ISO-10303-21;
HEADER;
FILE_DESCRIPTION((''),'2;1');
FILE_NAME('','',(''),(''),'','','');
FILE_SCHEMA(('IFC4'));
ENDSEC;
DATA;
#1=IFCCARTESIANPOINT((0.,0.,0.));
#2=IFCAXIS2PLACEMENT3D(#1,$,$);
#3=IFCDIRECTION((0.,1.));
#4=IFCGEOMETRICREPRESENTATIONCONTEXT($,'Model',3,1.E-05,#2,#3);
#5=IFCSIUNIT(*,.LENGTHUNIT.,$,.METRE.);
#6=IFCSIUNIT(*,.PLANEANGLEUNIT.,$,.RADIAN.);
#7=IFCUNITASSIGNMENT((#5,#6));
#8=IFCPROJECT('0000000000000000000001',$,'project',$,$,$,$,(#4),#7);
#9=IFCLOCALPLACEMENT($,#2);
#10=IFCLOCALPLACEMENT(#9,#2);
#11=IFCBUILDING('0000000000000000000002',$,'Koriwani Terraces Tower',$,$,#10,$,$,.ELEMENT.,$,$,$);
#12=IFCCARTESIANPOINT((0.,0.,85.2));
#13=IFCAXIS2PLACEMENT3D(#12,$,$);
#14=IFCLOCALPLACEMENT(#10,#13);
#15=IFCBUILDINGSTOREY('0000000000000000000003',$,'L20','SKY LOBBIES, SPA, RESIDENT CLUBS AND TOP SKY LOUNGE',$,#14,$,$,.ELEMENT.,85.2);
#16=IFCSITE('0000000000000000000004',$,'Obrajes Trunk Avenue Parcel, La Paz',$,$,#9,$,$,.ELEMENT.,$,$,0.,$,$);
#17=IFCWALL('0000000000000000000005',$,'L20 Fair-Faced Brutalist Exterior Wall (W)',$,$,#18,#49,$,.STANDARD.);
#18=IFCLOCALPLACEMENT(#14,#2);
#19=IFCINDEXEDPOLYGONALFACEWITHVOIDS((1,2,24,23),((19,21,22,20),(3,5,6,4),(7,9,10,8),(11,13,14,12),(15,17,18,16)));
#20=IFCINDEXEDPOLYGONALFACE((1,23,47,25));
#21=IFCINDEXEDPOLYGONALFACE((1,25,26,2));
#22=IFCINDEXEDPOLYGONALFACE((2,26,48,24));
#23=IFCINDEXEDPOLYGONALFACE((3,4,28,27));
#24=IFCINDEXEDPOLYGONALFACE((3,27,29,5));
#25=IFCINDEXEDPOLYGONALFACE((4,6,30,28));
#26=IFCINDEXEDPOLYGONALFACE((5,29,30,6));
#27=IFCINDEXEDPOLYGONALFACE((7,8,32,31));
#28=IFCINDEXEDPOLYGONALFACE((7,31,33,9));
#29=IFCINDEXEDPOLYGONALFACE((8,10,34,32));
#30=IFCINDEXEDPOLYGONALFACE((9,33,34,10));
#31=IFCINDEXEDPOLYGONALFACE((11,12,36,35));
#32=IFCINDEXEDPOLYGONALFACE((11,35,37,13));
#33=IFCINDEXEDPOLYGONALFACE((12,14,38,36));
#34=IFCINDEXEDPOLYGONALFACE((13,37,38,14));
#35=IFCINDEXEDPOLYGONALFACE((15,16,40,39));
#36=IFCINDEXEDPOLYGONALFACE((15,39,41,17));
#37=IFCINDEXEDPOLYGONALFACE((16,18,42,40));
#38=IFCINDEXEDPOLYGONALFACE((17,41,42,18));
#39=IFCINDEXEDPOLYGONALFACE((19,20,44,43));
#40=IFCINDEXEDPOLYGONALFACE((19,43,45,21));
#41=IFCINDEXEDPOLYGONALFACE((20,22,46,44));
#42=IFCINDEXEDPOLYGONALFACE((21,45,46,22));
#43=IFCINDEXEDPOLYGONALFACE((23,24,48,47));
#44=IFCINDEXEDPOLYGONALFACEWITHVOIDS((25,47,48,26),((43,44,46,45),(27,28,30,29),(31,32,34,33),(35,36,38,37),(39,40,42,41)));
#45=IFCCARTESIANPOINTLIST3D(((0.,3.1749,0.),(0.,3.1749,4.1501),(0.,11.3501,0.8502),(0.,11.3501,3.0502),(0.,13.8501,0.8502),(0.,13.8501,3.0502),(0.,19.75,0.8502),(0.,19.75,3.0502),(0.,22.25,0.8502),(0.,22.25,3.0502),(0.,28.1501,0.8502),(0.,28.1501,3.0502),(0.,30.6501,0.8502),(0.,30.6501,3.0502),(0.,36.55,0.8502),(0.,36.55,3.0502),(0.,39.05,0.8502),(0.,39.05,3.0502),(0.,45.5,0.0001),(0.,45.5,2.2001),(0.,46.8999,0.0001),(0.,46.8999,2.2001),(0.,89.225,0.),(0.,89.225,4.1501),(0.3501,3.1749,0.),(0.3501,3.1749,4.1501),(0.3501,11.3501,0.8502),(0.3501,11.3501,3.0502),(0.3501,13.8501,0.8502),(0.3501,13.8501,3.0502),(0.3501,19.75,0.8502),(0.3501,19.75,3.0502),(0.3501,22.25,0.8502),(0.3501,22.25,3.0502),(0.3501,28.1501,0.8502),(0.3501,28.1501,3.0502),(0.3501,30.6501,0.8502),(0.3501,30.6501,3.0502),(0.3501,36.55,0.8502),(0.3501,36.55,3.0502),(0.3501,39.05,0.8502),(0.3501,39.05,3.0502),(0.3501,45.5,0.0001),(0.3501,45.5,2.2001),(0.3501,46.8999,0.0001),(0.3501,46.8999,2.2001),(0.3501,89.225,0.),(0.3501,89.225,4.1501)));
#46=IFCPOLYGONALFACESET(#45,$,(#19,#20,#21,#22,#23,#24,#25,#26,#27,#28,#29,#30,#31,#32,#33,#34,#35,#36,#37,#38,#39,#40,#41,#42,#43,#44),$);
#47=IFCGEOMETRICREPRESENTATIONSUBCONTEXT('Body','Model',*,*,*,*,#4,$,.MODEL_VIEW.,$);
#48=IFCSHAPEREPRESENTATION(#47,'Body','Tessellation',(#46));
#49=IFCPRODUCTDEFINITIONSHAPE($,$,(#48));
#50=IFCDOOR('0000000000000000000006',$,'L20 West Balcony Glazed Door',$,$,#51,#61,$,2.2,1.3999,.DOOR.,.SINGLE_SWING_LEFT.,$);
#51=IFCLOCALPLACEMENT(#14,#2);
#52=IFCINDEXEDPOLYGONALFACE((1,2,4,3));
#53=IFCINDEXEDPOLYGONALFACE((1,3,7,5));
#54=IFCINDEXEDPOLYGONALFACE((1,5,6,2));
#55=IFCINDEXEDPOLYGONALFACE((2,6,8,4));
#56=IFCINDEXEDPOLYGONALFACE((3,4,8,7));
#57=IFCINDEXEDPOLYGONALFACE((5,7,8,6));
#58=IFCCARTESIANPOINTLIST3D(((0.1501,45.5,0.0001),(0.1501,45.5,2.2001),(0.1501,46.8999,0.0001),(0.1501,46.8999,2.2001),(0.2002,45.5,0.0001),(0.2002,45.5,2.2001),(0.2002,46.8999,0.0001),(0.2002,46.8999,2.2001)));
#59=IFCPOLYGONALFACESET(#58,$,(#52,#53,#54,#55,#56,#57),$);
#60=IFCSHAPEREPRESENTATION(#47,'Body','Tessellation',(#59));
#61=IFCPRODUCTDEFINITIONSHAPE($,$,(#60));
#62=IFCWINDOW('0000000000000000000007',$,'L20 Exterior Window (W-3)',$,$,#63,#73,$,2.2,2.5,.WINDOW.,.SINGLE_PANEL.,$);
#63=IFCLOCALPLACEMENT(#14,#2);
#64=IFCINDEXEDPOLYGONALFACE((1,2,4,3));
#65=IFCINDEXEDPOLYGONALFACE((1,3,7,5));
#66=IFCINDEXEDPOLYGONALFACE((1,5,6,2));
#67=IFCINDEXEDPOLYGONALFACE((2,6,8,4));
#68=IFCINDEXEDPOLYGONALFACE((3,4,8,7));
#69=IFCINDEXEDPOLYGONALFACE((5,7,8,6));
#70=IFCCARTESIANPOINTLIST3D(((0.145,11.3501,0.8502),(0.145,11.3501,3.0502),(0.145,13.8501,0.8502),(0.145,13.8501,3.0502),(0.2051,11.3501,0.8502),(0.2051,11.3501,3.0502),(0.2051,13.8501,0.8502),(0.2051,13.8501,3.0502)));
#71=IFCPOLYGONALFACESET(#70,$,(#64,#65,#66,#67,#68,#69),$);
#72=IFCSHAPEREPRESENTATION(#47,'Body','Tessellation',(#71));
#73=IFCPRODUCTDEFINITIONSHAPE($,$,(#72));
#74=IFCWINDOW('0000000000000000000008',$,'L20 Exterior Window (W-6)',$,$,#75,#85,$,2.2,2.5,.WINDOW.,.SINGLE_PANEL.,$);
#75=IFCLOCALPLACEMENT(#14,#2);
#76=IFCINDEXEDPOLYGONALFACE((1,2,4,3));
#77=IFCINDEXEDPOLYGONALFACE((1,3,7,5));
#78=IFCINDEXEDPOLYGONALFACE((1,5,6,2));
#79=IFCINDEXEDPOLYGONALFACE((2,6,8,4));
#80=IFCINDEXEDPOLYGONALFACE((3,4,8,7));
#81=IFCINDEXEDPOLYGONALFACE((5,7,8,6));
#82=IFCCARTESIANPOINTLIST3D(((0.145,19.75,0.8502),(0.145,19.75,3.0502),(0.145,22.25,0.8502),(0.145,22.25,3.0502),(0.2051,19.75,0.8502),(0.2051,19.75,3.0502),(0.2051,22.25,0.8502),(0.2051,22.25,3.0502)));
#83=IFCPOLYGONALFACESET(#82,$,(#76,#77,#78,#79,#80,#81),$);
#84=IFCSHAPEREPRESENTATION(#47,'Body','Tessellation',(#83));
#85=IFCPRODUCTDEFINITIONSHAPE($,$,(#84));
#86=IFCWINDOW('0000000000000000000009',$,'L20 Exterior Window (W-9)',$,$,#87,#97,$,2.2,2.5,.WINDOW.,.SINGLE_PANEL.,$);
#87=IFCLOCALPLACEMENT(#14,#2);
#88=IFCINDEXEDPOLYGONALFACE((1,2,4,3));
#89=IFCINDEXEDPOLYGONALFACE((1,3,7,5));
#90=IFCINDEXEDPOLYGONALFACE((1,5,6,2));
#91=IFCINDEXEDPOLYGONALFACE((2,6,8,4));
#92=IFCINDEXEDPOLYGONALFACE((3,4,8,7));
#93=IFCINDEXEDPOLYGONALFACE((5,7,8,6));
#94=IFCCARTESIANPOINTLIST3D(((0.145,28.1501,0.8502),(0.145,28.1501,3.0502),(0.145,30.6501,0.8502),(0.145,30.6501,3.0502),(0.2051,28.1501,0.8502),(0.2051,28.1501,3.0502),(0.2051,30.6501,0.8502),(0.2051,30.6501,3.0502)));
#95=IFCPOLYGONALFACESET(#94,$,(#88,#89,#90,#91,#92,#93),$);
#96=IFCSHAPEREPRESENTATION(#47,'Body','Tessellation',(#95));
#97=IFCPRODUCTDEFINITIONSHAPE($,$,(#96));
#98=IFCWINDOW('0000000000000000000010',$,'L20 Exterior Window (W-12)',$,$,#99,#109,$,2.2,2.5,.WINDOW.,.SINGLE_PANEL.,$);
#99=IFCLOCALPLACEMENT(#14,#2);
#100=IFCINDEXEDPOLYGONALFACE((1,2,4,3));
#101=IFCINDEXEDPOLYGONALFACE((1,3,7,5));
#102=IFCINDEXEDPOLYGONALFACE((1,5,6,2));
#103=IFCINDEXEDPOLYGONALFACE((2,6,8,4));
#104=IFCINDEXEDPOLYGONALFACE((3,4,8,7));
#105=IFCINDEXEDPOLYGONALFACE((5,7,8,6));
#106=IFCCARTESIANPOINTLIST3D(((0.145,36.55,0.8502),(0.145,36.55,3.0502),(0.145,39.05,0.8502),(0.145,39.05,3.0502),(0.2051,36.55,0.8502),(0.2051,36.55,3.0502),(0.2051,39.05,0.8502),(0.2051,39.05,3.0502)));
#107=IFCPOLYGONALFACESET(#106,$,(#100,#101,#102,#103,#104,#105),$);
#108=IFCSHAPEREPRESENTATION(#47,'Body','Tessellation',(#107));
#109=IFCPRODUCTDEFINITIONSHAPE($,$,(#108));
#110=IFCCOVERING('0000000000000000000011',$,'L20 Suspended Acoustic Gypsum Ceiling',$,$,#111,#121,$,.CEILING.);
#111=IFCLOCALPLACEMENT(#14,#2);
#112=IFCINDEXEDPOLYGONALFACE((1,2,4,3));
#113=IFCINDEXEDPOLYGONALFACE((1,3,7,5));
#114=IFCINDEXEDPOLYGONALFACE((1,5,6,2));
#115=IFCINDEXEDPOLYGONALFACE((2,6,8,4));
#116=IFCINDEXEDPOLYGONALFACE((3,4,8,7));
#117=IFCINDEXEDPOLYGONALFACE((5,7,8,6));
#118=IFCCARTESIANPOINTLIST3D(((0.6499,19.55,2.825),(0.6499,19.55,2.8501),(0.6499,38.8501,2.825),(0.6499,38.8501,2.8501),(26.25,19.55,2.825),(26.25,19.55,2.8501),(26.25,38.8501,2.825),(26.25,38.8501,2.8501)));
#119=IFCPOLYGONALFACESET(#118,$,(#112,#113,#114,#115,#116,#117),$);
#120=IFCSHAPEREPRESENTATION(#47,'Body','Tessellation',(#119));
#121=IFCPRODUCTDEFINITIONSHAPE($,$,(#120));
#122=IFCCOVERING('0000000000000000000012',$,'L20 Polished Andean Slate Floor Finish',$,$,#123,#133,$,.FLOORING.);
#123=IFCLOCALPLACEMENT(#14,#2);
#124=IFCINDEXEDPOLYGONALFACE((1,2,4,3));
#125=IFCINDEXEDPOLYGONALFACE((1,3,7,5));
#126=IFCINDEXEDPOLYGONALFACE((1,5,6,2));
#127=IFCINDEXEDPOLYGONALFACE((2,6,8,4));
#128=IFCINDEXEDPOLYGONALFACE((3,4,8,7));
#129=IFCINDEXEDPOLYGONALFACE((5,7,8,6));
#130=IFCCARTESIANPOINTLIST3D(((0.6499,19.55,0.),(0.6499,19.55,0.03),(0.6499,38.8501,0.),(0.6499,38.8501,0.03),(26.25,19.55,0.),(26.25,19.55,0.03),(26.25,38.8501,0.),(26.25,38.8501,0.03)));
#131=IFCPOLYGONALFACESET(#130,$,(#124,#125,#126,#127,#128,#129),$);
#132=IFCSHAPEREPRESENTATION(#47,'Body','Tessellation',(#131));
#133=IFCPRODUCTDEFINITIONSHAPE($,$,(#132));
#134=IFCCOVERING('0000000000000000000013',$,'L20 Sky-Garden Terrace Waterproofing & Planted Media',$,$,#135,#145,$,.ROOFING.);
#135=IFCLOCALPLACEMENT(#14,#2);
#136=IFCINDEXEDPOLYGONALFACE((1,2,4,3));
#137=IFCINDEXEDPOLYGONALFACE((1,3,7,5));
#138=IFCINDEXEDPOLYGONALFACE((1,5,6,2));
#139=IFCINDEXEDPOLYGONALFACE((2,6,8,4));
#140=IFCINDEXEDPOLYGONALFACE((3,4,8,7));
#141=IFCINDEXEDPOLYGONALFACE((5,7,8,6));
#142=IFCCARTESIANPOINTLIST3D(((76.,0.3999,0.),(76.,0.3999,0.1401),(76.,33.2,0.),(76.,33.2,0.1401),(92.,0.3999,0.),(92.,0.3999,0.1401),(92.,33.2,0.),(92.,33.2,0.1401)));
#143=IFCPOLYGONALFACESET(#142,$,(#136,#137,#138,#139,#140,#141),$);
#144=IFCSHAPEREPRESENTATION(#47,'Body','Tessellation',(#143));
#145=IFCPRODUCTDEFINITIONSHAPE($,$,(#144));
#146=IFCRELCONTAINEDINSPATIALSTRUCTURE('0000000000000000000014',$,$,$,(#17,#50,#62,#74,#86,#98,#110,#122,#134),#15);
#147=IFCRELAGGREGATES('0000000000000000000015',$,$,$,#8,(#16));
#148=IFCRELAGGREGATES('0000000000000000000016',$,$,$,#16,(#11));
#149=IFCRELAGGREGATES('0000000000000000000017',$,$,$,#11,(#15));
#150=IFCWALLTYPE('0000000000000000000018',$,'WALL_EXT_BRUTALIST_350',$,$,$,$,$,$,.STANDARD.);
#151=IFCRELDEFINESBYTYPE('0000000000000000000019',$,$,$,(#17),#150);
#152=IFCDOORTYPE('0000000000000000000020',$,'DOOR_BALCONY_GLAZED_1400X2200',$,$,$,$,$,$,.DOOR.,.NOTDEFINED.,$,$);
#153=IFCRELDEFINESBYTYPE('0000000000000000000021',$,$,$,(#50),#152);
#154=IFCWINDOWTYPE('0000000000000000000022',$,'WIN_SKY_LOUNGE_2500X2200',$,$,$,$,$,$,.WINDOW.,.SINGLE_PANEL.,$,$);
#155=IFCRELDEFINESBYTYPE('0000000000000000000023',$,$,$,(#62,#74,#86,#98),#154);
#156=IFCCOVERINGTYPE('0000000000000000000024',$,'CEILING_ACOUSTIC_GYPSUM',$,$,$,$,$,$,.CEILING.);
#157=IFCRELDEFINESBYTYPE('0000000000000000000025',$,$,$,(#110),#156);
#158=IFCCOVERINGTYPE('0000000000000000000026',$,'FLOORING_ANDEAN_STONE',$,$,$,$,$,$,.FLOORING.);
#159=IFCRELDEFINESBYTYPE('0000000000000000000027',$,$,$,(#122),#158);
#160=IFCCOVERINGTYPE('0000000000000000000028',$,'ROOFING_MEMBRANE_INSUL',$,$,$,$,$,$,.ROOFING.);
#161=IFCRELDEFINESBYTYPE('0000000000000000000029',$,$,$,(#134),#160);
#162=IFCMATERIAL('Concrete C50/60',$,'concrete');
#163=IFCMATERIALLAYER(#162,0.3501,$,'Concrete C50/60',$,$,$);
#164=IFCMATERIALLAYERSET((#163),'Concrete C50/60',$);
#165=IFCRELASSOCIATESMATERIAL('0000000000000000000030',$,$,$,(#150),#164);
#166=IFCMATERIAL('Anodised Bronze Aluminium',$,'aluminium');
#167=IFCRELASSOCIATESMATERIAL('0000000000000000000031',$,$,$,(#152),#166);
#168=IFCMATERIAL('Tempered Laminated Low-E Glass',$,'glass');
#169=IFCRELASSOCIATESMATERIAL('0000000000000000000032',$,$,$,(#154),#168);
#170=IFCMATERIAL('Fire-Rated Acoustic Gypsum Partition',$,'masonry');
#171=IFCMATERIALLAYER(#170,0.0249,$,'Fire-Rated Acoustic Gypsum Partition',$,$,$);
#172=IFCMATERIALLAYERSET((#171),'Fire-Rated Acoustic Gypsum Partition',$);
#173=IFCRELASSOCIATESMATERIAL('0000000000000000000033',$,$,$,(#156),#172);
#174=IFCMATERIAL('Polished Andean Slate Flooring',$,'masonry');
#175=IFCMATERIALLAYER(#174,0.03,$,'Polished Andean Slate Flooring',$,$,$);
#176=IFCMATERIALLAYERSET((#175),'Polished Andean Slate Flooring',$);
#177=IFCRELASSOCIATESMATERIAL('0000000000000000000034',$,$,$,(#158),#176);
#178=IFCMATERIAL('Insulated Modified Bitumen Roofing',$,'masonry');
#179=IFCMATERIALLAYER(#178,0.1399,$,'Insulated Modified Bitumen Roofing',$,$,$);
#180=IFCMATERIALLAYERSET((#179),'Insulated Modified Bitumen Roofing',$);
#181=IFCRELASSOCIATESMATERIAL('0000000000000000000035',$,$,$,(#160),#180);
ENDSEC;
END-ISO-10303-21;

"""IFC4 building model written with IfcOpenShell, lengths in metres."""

from ifc_helpers import new_model, si_unit, direction, frame, frame_2d, origin, place, context, subcontext, project, spatial, polyline, rectangle, outline, extrude, material, layer, layer_set, type_object, element, fill, save


model = new_model("IFC4")

# Units and contexts
model_context = context("Model", 3, precision=1e-05, world=origin(), true_north=direction((0.0, 1.0)))
body_context = subcontext(model_context, "Body", "Model", "MODEL_VIEW")
ifc_project = project(units=[si_unit("LENGTHUNIT", "METRE"), si_unit("PLANEANGLEUNIT", "RADIAN")], contexts=[model_context])

# Site, building, storey
site_placement = place(None, origin())
site = spatial("IfcSite", under=ifc_project, at=site_placement, Name="Obrajes Trunk Avenue Parcel, La Paz", CompositionType="ELEMENT", RefElevation=0.0)
building_placement = place(site_placement, origin())
building = spatial("IfcBuilding", under=site, at=building_placement, Name="Koriwani Terraces Tower", CompositionType="ELEMENT")
storey_placement = place(building_placement, frame((0.0, 0.0, 85.2)))
storey = spatial("IfcBuildingStorey", under=building, at=storey_placement, Name="L20", Description="SKY LOBBIES, SPA, RESIDENT CLUBS AND TOP SKY LOUNGE", CompositionType="ELEMENT", Elevation=85.2)

# Shared definitions
ifc_material_1 = material(Name="Concrete C50/60", Category="concrete")

# Shared definitions
ifc_layer_1 = layer(ifc_material_1, 0.3501, Name="Concrete C50/60")
ifc_layer_set_1 = layer_set([ifc_layer_1], Name="Concrete C50/60")
wall_type_1 = type_object("IfcWallType", Name="WALL_EXT_BRUTALIST_350", PredefinedType="STANDARD", material=ifc_layer_set_1)

# Wall, openings, door, windows
wall_1_placement = place(storey_placement, frame((0.175, 3.175, 0.0), z_axis=(0.0, 0.0, 1.0), x_axis=(0.0, 1.0, 0.0)))
wall_1 = element("IfcWall", 1, at=wall_1_placement, inside=storey, type_object=wall_type_1, Name="L20 Fair-Faced Brutalist Exterior Wall (W)", PredefinedType="STANDARD", context=body_context, shape_type="SweptSolid", body=[
    extrude(rectangle(XDim=86.05, YDim=0.3501, at=frame_2d((43.0249, 0.0))), origin(), (0.0, 0.0, 1.0), 4.1501),
])
opening_1_placement = place(wall_1_placement, frame((42.325, 0.0, 0.0)))
opening_1 = element("IfcOpeningElement", 2, at=opening_1_placement, cuts=wall_1, PredefinedType="OPENING", context=body_context, shape_type="SweptSolid", body=[
    extrude(rectangle(XDim=1.3999, YDim=2.2, at=frame_2d((0.7, 1.1001))), frame((0.0, 0.1851, 0.0), z_axis=(0.0, -1.0, 0.0), x_axis=(1.0, 0.0, 0.0)), (0.0, 0.0, 1.0), 0.3701),
])
opening_2_placement = place(wall_1_placement, frame((8.175, 0.0, 0.8501)))
opening_2 = element("IfcOpeningElement", 3, at=opening_2_placement, cuts=wall_1, PredefinedType="OPENING", context=body_context, shape_type="SweptSolid", body=[
    extrude(rectangle(XDim=2.5, YDim=2.2, at=frame_2d((1.25, 1.1001))), frame((0.0, 0.1851, 0.0), z_axis=(0.0, -1.0, 0.0), x_axis=(1.0, 0.0, 0.0)), (0.0, 0.0, 1.0), 0.3701),
])
opening_3_placement = place(wall_1_placement, frame((16.575, 0.0, 0.8501)))
opening_3 = element("IfcOpeningElement", 4, at=opening_3_placement, cuts=wall_1, PredefinedType="OPENING", context=body_context, shape_type="SweptSolid", body=[
    extrude(rectangle(XDim=2.5, YDim=2.2, at=frame_2d((1.25, 1.1001))), frame((0.0, 0.1851, 0.0), z_axis=(0.0, -1.0, 0.0), x_axis=(1.0, 0.0, 0.0)), (0.0, 0.0, 1.0), 0.3701),
])
opening_4_placement = place(wall_1_placement, frame((24.9751, 0.0, 0.8501)))
opening_4 = element("IfcOpeningElement", 5, at=opening_4_placement, cuts=wall_1, PredefinedType="OPENING", context=body_context, shape_type="SweptSolid", body=[
    extrude(rectangle(XDim=2.5, YDim=2.2, at=frame_2d((1.25, 1.1001))), frame((0.0, 0.1851, 0.0), z_axis=(0.0, -1.0, 0.0), x_axis=(1.0, 0.0, 0.0)), (0.0, 0.0, 1.0), 0.3701),
])
opening_5_placement = place(wall_1_placement, frame((33.375, 0.0, 0.8501)))
opening_5 = element("IfcOpeningElement", 6, at=opening_5_placement, cuts=wall_1, PredefinedType="OPENING", context=body_context, shape_type="SweptSolid", body=[
    extrude(rectangle(XDim=2.5, YDim=2.2, at=frame_2d((1.25, 1.1001))), frame((0.0, 0.1851, 0.0), z_axis=(0.0, -1.0, 0.0), x_axis=(1.0, 0.0, 0.0)), (0.0, 0.0, 1.0), 0.3701),
])
ifc_material_2 = material(Name="Anodised Bronze Aluminium", Category="aluminium")
door_type = type_object("IfcDoorType", Name="DOOR_BALCONY_GLAZED_1400X2200", OperationType="NOTDEFINED", PredefinedType="DOOR", material=ifc_material_2)
door_placement = place(opening_1_placement, origin())
door = element("IfcDoor", 7, at=door_placement, inside=storey, type_object=door_type, Name="L20 West Balcony Glazed Door", OperationType="SINGLE_SWING_LEFT", OverallHeight=2.2, OverallWidth=1.3999, PredefinedType="DOOR", context=body_context, shape_type="SweptSolid", body=[
    extrude(rectangle(XDim=1.3999, YDim=2.2, at=frame_2d((0.7, 1.1001))), frame((0.0, 0.0249, 0.0), z_axis=(0.0, -1.0, 0.0), x_axis=(1.0, 0.0, 0.0)), (0.0, 0.0, 1.0), 0.05),
])
fill(opening_1, door)
ifc_material_3 = material(Name="Tempered Laminated Low-E Glass", Category="glass")
window_type = type_object("IfcWindowType", Name="WIN_SKY_LOUNGE_2500X2200", PartitioningType="SINGLE_PANEL", PredefinedType="WINDOW", material=ifc_material_3)
window_1_placement = place(opening_2_placement, origin())
window_1 = element("IfcWindow", 8, at=window_1_placement, inside=storey, type_object=window_type, Name="L20 Exterior Window (W-3)", OverallHeight=2.2, OverallWidth=2.5, PartitioningType="SINGLE_PANEL", PredefinedType="WINDOW", context=body_context, shape_type="SweptSolid", body=[
    extrude(rectangle(XDim=2.5, YDim=2.2, at=frame_2d((1.25, 1.1001))), frame((0.0, 0.03, 0.0), z_axis=(0.0, -1.0, 0.0), x_axis=(1.0, 0.0, 0.0)), (0.0, 0.0, 1.0), 0.0601),
])
fill(opening_2, window_1)
window_2_placement = place(opening_3_placement, origin())
window_2 = element("IfcWindow", 9, at=window_2_placement, inside=storey, type_object=window_type, Name="L20 Exterior Window (W-6)", OverallHeight=2.2, OverallWidth=2.5, PartitioningType="SINGLE_PANEL", PredefinedType="WINDOW", context=body_context, shape_type="SweptSolid", body=[
    extrude(rectangle(XDim=2.5, YDim=2.2, at=frame_2d((1.25, 1.1001))), frame((0.0, 0.03, 0.0), z_axis=(0.0, -1.0, 0.0), x_axis=(1.0, 0.0, 0.0)), (0.0, 0.0, 1.0), 0.0601),
])
fill(opening_3, window_2)
window_3_placement = place(opening_4_placement, origin())
window_3 = element("IfcWindow", 10, at=window_3_placement, inside=storey, type_object=window_type, Name="L20 Exterior Window (W-9)", OverallHeight=2.2, OverallWidth=2.5, PartitioningType="SINGLE_PANEL", PredefinedType="WINDOW", context=body_context, shape_type="SweptSolid", body=[
    extrude(rectangle(XDim=2.5, YDim=2.2, at=frame_2d((1.25, 1.1001))), frame((0.0, 0.03, 0.0), z_axis=(0.0, -1.0, 0.0), x_axis=(1.0, 0.0, 0.0)), (0.0, 0.0, 1.0), 0.0601),
])
fill(opening_4, window_3)
window_4_placement = place(opening_5_placement, origin())
window_4 = element("IfcWindow", 11, at=window_4_placement, inside=storey, type_object=window_type, Name="L20 Exterior Window (W-12)", OverallHeight=2.2, OverallWidth=2.5, PartitioningType="SINGLE_PANEL", PredefinedType="WINDOW", context=body_context, shape_type="SweptSolid", body=[
    extrude(rectangle(XDim=2.5, YDim=2.2, at=frame_2d((1.25, 1.1001))), frame((0.0, 0.03, 0.0), z_axis=(0.0, -1.0, 0.0), x_axis=(1.0, 0.0, 0.0)), (0.0, 0.0, 1.0), 0.0601),
])
fill(opening_5, window_4)

# Coverings
ifc_material_4 = material(Name="Fire-Rated Acoustic Gypsum Partition", Category="masonry")
ifc_layer_2 = layer(ifc_material_4, 0.0249, Name="Fire-Rated Acoustic Gypsum Partition")
ifc_layer_set_2 = layer_set([ifc_layer_2], Name="Fire-Rated Acoustic Gypsum Partition")
covering_type_1 = type_object("IfcCoveringType", Name="CEILING_ACOUSTIC_GYPSUM", PredefinedType="CEILING", material=ifc_layer_set_2)
covering_1_placement = place(storey_placement, frame((0.0, 0.0, 2.825)))
element("IfcCovering", 12, at=covering_1_placement, inside=storey, type_object=covering_type_1, Name="L20 Suspended Acoustic Gypsum Ceiling", PredefinedType="CEILING", context=body_context, shape_type="SweptSolid", body=[
    extrude(outline(polyline([(0.6499, 19.55), (0.6499, 38.8501), (26.25, 38.8501), (26.25, 19.55), (0.6499, 19.55)])), origin(), (0.0, 0.0, 1.0), 0.0251),
])
ifc_material_5 = material(Name="Polished Andean Slate Flooring", Category="masonry")
ifc_layer_3 = layer(ifc_material_5, 0.03, Name="Polished Andean Slate Flooring")
ifc_layer_set_3 = layer_set([ifc_layer_3], Name="Polished Andean Slate Flooring")
covering_type_2 = type_object("IfcCoveringType", Name="FLOORING_ANDEAN_STONE", PredefinedType="FLOORING", material=ifc_layer_set_3)
covering_2_placement = place(storey_placement, origin())
element("IfcCovering", 13, at=covering_2_placement, inside=storey, type_object=covering_type_2, Name="L20 Polished Andean Slate Floor Finish", PredefinedType="FLOORING", context=body_context, shape_type="SweptSolid", body=[
    extrude(outline(polyline([(0.6499, 19.55), (0.6499, 38.8501), (26.25, 38.8501), (26.25, 19.55), (0.6499, 19.55)])), origin(), (0.0, 0.0, 1.0), 0.03),
])

# Covering
ifc_material_6 = material(Name="Insulated Modified Bitumen Roofing", Category="masonry")
ifc_layer_4 = layer(ifc_material_6, 0.1399, Name="Insulated Modified Bitumen Roofing")
ifc_layer_set_4 = layer_set([ifc_layer_4], Name="Insulated Modified Bitumen Roofing")
covering_type_3 = type_object("IfcCoveringType", Name="ROOFING_MEMBRANE_INSUL", PredefinedType="ROOFING", material=ifc_layer_set_4)
covering_3_placement = place(storey_placement, origin())
element("IfcCovering", 14, at=covering_3_placement, inside=storey, type_object=covering_type_3, Name="L20 Sky-Garden Terrace Waterproofing & Planted Media", PredefinedType="ROOFING", context=body_context, shape_type="SweptSolid", body=[
    extrude(outline(polyline([(76.0, 0.3999), (76.0, 33.2), (92.0, 33.2), (92.0, 0.3999), (76.0, 0.3999)])), origin(), (0.0, 0.0, 1.0), 0.1401),
])

save(model, "model.ifc")
